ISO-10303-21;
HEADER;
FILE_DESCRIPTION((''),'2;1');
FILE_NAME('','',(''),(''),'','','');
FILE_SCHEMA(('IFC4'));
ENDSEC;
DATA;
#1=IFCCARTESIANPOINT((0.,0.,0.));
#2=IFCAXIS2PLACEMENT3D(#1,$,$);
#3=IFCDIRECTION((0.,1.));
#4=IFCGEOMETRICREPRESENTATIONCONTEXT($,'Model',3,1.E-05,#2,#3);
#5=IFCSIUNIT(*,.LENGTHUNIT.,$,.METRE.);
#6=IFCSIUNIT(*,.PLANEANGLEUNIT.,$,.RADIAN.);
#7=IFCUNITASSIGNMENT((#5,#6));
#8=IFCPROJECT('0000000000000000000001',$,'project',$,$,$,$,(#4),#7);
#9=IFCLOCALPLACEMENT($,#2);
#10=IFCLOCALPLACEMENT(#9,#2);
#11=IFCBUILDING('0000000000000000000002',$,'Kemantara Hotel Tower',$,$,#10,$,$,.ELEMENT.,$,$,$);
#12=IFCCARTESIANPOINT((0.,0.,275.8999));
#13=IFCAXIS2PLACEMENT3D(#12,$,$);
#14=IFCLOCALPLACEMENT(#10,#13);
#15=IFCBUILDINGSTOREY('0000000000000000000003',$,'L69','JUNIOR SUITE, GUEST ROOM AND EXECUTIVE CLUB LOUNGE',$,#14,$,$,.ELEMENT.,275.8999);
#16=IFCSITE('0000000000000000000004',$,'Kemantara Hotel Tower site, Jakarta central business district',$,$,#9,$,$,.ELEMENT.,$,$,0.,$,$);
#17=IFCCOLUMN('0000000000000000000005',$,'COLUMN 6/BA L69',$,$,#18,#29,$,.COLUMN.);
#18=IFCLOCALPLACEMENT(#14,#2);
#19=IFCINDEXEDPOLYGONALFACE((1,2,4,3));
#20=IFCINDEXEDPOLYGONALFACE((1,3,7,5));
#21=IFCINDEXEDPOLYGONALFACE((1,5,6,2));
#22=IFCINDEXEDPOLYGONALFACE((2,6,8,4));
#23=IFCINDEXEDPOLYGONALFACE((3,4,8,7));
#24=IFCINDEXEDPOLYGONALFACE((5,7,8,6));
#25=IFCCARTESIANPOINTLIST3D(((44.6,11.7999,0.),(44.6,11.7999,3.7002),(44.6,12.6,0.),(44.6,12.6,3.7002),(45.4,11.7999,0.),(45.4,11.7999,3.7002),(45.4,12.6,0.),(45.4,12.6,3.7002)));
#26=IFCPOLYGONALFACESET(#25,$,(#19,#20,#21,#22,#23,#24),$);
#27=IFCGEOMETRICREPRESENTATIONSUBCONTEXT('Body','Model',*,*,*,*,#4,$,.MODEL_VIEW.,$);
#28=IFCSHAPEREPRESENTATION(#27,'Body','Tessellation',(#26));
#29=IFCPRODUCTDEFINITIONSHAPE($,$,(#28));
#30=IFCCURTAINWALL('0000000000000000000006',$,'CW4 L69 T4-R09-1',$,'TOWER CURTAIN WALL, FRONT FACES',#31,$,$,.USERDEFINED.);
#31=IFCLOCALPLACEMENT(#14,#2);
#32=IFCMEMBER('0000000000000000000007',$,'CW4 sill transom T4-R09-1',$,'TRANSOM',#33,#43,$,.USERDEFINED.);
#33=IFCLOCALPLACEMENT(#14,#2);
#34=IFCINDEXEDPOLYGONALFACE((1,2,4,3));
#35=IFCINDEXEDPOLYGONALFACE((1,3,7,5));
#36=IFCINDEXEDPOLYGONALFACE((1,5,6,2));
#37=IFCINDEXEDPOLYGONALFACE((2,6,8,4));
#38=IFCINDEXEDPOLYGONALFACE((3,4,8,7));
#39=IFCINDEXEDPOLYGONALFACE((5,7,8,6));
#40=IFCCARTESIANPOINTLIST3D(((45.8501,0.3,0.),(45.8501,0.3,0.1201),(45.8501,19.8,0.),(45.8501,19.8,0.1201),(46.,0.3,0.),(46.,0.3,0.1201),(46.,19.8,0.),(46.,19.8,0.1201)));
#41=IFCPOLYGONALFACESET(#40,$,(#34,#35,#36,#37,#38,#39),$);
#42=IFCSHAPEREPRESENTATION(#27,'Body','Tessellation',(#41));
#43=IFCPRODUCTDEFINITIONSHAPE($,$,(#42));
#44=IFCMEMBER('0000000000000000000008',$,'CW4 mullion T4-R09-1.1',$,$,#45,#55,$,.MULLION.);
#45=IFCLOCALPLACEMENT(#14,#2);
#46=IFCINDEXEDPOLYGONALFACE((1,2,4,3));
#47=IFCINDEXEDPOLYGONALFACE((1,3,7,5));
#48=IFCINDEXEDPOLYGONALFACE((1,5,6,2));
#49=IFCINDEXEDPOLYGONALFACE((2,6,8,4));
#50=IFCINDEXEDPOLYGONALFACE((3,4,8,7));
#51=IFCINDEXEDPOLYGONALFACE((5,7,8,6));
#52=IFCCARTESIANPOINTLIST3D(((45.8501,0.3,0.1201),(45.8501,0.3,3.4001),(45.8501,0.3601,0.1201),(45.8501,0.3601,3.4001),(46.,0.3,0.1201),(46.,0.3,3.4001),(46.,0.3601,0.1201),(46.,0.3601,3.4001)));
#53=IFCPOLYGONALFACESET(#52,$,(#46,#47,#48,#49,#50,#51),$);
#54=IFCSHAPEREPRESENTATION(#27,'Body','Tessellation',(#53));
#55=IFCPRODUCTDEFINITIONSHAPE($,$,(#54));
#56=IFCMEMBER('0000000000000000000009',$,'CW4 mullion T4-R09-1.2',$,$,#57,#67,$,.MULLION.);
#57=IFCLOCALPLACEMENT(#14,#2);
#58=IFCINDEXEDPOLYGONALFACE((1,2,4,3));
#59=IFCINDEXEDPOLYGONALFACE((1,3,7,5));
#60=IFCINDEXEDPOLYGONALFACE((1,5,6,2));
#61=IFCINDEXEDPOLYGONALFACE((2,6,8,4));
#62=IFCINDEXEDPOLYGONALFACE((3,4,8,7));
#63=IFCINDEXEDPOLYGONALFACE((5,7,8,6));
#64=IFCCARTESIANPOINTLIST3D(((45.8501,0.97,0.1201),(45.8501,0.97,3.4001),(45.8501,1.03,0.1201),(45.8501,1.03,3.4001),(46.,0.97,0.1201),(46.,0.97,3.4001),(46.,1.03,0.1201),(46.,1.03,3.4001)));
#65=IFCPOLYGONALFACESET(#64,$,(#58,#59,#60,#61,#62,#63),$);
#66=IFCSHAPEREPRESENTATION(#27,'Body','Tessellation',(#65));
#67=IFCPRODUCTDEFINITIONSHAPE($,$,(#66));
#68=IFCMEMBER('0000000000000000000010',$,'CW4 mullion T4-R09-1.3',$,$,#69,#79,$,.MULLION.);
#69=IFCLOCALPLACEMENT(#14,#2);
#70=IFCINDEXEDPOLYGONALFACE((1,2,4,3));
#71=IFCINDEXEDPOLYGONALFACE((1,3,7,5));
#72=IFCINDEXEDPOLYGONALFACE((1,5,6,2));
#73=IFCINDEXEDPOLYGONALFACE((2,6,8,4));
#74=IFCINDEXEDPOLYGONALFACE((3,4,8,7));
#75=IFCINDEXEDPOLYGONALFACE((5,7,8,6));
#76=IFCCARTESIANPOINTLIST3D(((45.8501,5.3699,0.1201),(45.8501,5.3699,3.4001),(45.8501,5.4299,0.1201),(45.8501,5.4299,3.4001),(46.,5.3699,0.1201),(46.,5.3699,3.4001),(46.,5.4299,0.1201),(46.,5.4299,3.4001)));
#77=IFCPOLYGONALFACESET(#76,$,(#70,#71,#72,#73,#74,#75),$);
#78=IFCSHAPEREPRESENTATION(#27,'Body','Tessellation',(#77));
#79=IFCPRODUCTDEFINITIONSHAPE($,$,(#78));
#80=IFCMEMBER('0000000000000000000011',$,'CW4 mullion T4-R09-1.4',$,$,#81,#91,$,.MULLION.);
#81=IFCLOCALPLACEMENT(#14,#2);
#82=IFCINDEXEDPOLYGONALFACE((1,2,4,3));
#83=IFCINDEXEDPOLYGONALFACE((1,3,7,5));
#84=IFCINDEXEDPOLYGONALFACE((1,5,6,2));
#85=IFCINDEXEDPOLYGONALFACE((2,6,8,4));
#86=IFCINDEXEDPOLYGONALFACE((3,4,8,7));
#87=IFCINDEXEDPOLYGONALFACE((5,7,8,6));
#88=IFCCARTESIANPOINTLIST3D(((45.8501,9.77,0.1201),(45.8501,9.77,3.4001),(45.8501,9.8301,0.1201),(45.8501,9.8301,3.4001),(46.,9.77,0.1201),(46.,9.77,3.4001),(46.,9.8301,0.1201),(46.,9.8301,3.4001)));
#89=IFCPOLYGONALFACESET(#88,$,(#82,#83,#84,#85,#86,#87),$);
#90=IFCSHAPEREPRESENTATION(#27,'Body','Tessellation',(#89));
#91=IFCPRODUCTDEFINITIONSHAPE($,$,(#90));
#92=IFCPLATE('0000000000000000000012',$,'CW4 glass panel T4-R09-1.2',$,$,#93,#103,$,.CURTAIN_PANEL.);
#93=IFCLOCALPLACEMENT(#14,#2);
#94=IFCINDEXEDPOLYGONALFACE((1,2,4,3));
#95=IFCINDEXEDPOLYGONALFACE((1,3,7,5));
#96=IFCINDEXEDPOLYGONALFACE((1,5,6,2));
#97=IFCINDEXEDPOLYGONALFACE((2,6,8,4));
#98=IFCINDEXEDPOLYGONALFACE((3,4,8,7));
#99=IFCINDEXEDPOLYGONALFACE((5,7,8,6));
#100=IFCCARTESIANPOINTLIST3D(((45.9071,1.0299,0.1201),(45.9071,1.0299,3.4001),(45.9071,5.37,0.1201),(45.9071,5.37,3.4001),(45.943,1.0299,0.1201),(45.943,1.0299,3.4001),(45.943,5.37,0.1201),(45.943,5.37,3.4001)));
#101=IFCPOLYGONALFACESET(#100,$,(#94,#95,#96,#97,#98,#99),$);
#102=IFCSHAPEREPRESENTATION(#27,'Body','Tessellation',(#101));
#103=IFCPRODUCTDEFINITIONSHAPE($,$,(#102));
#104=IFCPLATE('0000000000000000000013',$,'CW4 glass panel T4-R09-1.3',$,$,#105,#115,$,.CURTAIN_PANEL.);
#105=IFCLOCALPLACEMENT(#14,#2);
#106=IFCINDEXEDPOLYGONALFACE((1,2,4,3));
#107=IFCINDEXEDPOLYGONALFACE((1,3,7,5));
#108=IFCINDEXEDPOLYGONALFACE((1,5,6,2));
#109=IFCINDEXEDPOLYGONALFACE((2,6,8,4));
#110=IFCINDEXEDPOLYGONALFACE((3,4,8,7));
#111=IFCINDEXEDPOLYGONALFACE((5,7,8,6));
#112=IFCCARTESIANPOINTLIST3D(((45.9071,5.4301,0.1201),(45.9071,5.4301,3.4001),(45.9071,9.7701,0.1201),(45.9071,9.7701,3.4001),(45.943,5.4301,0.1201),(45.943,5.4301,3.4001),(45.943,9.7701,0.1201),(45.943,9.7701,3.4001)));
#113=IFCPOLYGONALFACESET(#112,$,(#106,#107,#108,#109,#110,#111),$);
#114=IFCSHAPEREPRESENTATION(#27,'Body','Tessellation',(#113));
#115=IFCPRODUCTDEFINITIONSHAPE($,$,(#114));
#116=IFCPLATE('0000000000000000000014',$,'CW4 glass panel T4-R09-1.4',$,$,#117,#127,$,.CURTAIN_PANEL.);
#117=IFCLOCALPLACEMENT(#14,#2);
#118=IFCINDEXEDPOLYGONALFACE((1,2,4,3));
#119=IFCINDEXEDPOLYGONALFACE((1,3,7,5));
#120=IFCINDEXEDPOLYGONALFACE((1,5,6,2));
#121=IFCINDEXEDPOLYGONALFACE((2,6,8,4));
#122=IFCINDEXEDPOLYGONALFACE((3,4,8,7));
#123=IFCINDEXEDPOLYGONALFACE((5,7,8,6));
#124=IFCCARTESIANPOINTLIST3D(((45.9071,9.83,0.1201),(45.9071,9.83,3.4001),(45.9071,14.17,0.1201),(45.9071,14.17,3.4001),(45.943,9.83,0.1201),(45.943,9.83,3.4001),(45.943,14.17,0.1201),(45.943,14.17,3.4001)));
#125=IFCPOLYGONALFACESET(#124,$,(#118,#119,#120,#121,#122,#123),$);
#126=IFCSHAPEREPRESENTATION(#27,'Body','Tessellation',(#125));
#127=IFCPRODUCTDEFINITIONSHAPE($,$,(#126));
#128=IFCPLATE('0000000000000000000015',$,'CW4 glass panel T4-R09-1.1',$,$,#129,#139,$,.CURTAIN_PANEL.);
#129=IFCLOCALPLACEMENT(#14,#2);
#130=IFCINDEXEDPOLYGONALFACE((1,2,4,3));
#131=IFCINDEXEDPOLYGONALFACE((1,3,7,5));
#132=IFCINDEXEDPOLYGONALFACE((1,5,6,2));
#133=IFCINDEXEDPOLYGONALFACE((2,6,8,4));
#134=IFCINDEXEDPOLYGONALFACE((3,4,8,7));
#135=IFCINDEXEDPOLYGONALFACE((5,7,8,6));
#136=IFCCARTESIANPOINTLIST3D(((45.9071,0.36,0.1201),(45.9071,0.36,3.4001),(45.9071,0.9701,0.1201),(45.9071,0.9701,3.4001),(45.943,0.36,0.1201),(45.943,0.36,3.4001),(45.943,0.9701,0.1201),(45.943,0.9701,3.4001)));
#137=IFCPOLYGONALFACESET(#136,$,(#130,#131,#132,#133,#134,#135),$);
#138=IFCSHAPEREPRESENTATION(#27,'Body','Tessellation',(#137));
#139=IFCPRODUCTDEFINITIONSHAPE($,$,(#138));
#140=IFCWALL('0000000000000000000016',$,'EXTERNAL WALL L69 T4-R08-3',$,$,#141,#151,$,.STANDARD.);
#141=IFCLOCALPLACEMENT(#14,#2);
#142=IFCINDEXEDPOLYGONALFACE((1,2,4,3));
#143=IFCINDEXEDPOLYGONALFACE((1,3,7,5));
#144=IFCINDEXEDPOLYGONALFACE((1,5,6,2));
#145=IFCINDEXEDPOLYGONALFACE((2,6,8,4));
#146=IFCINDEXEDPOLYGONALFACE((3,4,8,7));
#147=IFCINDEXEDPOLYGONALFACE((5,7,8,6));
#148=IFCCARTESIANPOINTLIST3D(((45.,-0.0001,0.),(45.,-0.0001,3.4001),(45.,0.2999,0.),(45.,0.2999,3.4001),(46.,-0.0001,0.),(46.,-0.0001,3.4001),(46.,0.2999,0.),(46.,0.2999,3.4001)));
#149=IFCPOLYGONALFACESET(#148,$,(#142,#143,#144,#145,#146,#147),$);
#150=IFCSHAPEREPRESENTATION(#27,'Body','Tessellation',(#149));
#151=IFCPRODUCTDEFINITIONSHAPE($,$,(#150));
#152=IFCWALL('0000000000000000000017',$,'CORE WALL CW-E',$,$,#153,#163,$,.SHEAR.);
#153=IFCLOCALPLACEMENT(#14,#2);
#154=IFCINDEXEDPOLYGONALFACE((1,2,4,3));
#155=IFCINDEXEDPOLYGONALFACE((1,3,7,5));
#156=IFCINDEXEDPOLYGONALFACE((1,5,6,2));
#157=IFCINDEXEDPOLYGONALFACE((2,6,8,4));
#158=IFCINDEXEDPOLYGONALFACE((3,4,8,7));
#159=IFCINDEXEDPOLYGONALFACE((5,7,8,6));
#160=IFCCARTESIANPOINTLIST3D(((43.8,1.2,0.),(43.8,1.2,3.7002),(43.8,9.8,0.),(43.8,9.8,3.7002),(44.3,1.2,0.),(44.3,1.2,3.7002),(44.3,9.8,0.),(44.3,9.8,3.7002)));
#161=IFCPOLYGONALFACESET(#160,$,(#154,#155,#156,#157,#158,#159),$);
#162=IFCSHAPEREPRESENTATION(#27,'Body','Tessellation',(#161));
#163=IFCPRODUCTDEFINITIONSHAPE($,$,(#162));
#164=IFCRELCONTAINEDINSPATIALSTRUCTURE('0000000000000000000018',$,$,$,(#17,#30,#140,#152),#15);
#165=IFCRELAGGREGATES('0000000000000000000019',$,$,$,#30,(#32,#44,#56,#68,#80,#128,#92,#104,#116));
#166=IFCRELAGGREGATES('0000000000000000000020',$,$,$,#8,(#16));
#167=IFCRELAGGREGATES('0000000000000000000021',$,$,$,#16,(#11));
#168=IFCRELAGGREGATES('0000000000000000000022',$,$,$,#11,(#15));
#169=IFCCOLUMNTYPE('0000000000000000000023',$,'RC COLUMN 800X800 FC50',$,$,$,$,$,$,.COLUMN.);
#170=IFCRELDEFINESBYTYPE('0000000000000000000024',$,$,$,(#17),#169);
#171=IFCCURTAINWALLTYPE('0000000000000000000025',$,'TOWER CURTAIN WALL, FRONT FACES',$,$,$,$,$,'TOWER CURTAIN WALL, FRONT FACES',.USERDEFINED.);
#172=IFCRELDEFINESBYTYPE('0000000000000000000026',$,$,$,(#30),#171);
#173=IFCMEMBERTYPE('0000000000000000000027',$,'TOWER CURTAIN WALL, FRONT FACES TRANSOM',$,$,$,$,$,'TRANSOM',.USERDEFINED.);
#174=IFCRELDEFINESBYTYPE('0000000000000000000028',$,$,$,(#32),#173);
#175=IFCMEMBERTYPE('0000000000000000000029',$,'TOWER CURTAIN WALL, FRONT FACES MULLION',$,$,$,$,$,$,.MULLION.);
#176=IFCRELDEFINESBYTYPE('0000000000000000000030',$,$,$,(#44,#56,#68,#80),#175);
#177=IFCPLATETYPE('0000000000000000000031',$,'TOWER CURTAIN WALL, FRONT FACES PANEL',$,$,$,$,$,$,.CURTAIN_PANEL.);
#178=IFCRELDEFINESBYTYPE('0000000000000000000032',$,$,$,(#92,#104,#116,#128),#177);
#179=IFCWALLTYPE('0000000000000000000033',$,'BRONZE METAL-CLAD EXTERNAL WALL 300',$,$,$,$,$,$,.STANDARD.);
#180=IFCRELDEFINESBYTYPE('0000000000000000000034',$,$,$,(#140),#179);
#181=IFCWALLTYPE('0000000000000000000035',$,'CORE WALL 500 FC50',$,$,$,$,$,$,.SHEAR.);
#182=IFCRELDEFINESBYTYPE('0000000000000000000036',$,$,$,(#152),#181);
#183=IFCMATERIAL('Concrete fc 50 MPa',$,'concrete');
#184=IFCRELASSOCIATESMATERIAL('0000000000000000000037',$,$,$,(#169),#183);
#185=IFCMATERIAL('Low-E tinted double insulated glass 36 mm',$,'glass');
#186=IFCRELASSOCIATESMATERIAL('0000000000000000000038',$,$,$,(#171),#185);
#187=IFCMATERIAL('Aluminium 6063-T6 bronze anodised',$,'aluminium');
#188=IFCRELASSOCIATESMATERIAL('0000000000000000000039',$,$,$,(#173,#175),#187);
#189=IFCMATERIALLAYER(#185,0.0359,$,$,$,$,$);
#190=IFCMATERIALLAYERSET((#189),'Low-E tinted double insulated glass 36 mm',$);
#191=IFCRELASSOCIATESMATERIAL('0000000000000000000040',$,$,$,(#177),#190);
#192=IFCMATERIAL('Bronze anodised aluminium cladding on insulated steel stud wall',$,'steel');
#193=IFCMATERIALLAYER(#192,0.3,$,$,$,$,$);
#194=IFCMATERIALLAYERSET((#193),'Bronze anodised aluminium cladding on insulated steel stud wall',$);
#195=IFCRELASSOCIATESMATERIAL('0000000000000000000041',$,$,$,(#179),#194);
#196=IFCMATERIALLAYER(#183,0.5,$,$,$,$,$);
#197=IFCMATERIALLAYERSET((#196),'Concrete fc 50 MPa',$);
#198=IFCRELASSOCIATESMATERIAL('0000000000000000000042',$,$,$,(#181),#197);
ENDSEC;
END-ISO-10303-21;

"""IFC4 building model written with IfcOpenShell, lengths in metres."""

from ifc_helpers import new_model, si_unit, direction, frame, frame_2d, origin, origin_2d, place, context, subcontext, project, spatial, rectangle, extrude, source, transform, mapped, material, layer, layer_set, material_profile, profile_set, type_object, element, aggregate, save


model = new_model("IFC4")

# Units and contexts
model_context = context("Model", 3, precision=1e-05, world=origin(), true_north=direction((0.0, 1.0)))
body_context = subcontext(model_context, "Body", "Model", "MODEL_VIEW")
ifc_project = project(units=[si_unit("LENGTHUNIT", "METRE"), si_unit("PLANEANGLEUNIT", "RADIAN")], contexts=[model_context])

# Site, building, storey
site_placement = place(None, origin())
site = spatial("IfcSite", under=ifc_project, at=site_placement, Name="Kemantara Hotel Tower site, Jakarta central business district", CompositionType="ELEMENT", RefElevation=0.0)
building_placement = place(site_placement, origin())
building = spatial("IfcBuilding", under=site, at=building_placement, Name="Kemantara Hotel Tower", CompositionType="ELEMENT")
storey_placement = place(building_placement, frame((0.0, 0.0, 275.8999)))
storey = spatial("IfcBuildingStorey", under=building, at=storey_placement, Name="L69", Description="JUNIOR SUITE, GUEST ROOM AND EXECUTIVE CLUB LOUNGE", CompositionType="ELEMENT", Elevation=275.8999)

# Column
ifc_material_1 = material(Name="Concrete fc 50 MPa", Category="concrete")
ifc_material_profile_1 = material_profile(ifc_material_1, rectangle(XDim=0.8, YDim=0.8, at=origin_2d()), Name="RC 800X800")
ifc_profile_set_1 = profile_set([ifc_material_profile_1], Name="Concrete fc 50 MPa")
column_type = type_object("IfcColumnType", Name="RC COLUMN 800X800 FC50", PredefinedType="COLUMN", material=ifc_profile_set_1)
column_placement = place(storey_placement, frame((45.0, 12.2, 0.0), z_axis=(0.0, 0.0, 1.0), x_axis=(1.0, 0.0, 0.0)))
element("IfcColumn", 1, at=column_placement, inside=storey, type_object=column_type, Name="COLUMN 6/BA L69", PredefinedType="COLUMN", context=body_context, shape_type="SweptSolid", body=[
    extrude(rectangle(XDim=0.8, YDim=0.8, at=origin_2d()), origin(), (0.0, 0.0, 1.0), 3.7002),
])

# Curtain wall, members, plates
ifc_material_2 = material(Name="Low-E tinted double insulated glass 36 mm", Category="glass")
curtain_wall_type = type_object("IfcCurtainWallType", Name="TOWER CURTAIN WALL, FRONT FACES", ElementType="TOWER CURTAIN WALL, FRONT FACES", PredefinedType="USERDEFINED", material=ifc_material_2)
curtain_wall_placement = place(storey_placement, origin())
curtain_wall = element("IfcCurtainWall", 2, at=curtain_wall_placement, inside=storey, type_object=curtain_wall_type, Name="CW4 L69 T4-R09-1", ObjectType="TOWER CURTAIN WALL, FRONT FACES", PredefinedType="USERDEFINED")
ifc_material_3 = material(Name="Aluminium 6063-T6 bronze anodised", Category="aluminium")
ifc_material_profile_2 = material_profile(ifc_material_3, rectangle(XDim=0.1499, YDim=0.1201, at=origin_2d()), Name="TOWER CURTAIN WALL, FRONT FACES TRANSOM")
ifc_profile_set_2 = profile_set([ifc_material_profile_2], Name="Aluminium 6063-T6 bronze anodised")
member_type_1 = type_object("IfcMemberType", Name="TOWER CURTAIN WALL, FRONT FACES TRANSOM", ElementType="TRANSOM", PredefinedType="USERDEFINED", material=ifc_profile_set_2)
member_1_placement = place(storey_placement, frame((45.925, 0.3, 0.0601), z_axis=(0.0, 1.0, 0.0), x_axis=(-1.0, 0.0, 0.0)))
member_1 = element("IfcMember", 3, at=member_1_placement, type_object=member_type_1, Name="CW4 sill transom T4-R09-1", ObjectType="TRANSOM", PredefinedType="USERDEFINED", context=body_context, shape_type="SweptSolid", body=[
    extrude(rectangle(XDim=0.1499, YDim=0.1201, at=origin_2d()), origin(), (0.0, 0.0, 1.0), 19.5),
])
ifc_material_profile_3 = material_profile(ifc_material_3, rectangle(XDim=0.1499, YDim=0.0601, at=origin_2d()), Name="TOWER CURTAIN WALL, FRONT FACES MULLION")
ifc_profile_set_3 = profile_set([ifc_material_profile_3], Name="Aluminium 6063-T6 bronze anodised")
member_type_2 = type_object("IfcMemberType", Name="TOWER CURTAIN WALL, FRONT FACES MULLION", PredefinedType="MULLION", material=ifc_profile_set_3)
shared_shape_1 = source(origin(), body_context, "Body", "SweptSolid", [
    extrude(rectangle(XDim=0.1499, YDim=0.0601, at=origin_2d()), origin(), (0.0, 0.0, 1.0), 3.28),
])
member_2_placement = place(storey_placement, frame((45.925, 0.3301, 0.1201), z_axis=(0.0, 0.0, 1.0), x_axis=(-1.0, 0.0, 0.0)))
member_2 = element("IfcMember", 4, at=member_2_placement, type_object=member_type_2, Name="CW4 mullion T4-R09-1.1", PredefinedType="MULLION", context=body_context, shape_type="MappedRepresentation", body=[
    mapped(shared_shape_1, transform((0.0, 0.0, 0.0))),
])
member_3_placement = place(storey_placement, frame((45.925, 1.0, 0.1201), z_axis=(0.0, 0.0, 1.0), x_axis=(-1.0, 0.0, 0.0)))
member_3 = element("IfcMember", 5, at=member_3_placement, type_object=member_type_2, Name="CW4 mullion T4-R09-1.2", PredefinedType="MULLION", context=body_context, shape_type="MappedRepresentation", body=[
    mapped(shared_shape_1, transform((0.0, 0.0, 0.0))),
])
member_4_placement = place(storey_placement, frame((45.925, 5.3999, 0.1201), z_axis=(0.0, 0.0, 1.0), x_axis=(-1.0, 0.0, 0.0)))
member_4 = element("IfcMember", 6, at=member_4_placement, type_object=member_type_2, Name="CW4 mullion T4-R09-1.3", PredefinedType="MULLION", context=body_context, shape_type="MappedRepresentation", body=[
    mapped(shared_shape_1, transform((0.0, 0.0, 0.0))),
])
member_5_placement = place(storey_placement, frame((45.925, 9.8, 0.1201), z_axis=(0.0, 0.0, 1.0), x_axis=(-1.0, 0.0, 0.0)))
member_5 = element("IfcMember", 7, at=member_5_placement, type_object=member_type_2, Name="CW4 mullion T4-R09-1.4", PredefinedType="MULLION", context=body_context, shape_type="MappedRepresentation", body=[
    mapped(shared_shape_1, transform((0.0, 0.0, 0.0))),
])
ifc_layer_1 = layer(ifc_material_2, 0.0359)
ifc_layer_set_1 = layer_set([ifc_layer_1], Name="Low-E tinted double insulated glass 36 mm")
plate_type = type_object("IfcPlateType", Name="TOWER CURTAIN WALL, FRONT FACES PANEL", PredefinedType="CURTAIN_PANEL", material=ifc_layer_set_1)
shared_shape_2 = source(origin(), body_context, "Body", "SweptSolid", [
    extrude(rectangle(XDim=4.3401, YDim=0.0359, at=origin_2d()), origin(), (0.0, 0.0, 1.0), 3.28),
])
plate_1_placement = place(storey_placement, frame((45.925, 3.2, 0.1201), z_axis=(0.0, 0.0, 1.0), x_axis=(0.0, 1.0, 0.0)))
plate_1 = element("IfcPlate", 8, at=plate_1_placement, type_object=plate_type, Name="CW4 glass panel T4-R09-1.2", PredefinedType="CURTAIN_PANEL", context=body_context, shape_type="MappedRepresentation", body=[
    mapped(shared_shape_2, transform((0.0, 0.0, 0.0))),
])
plate_2_placement = place(storey_placement, frame((45.925, 7.6001, 0.1201), z_axis=(0.0, 0.0, 1.0), x_axis=(0.0, 1.0, 0.0)))
plate_2 = element("IfcPlate", 9, at=plate_2_placement, type_object=plate_type, Name="CW4 glass panel T4-R09-1.3", PredefinedType="CURTAIN_PANEL", context=body_context, shape_type="MappedRepresentation", body=[
    mapped(shared_shape_2, transform((0.0, 0.0, 0.0))),
])
plate_3_placement = place(storey_placement, frame((45.925, 12.0, 0.1201), z_axis=(0.0, 0.0, 1.0), x_axis=(0.0, 1.0, 0.0)))
plate_3 = element("IfcPlate", 10, at=plate_3_placement, type_object=plate_type, Name="CW4 glass panel T4-R09-1.4", PredefinedType="CURTAIN_PANEL", context=body_context, shape_type="MappedRepresentation", body=[
    mapped(shared_shape_2, transform((0.0, 0.0, 0.0))),
])
shared_shape_3 = source(origin(), body_context, "Body", "SweptSolid", [
    extrude(rectangle(XDim=0.6101, YDim=0.0359, at=origin_2d()), origin(), (0.0, 0.0, 1.0), 3.28),
])
plate_4_placement = place(storey_placement, frame((45.925, 0.665, 0.1201), z_axis=(0.0, 0.0, 1.0), x_axis=(0.0, 1.0, 0.0)))
plate_4 = element("IfcPlate", 11, at=plate_4_placement, type_object=plate_type, Name="CW4 glass panel T4-R09-1.1", PredefinedType="CURTAIN_PANEL", context=body_context, shape_type="MappedRepresentation", body=[
    mapped(shared_shape_3, transform((0.0, 0.0, 0.0))),
])
aggregate(curtain_wall, [member_1, member_2, member_3, member_4, member_5, plate_4, plate_1, plate_2, plate_3])

# Walls
ifc_material_4 = material(Name="Bronze anodised aluminium cladding on insulated steel stud wall", Category="steel")
ifc_layer_2 = layer(ifc_material_4, 0.3)
ifc_layer_set_2 = layer_set([ifc_layer_2], Name="Bronze anodised aluminium cladding on insulated steel stud wall")
wall_type_1 = type_object("IfcWallType", Name="BRONZE METAL-CLAD EXTERNAL WALL 300", PredefinedType="STANDARD", material=ifc_layer_set_2)
wall_1_placement = place(storey_placement, frame((45.0, 0.1499, 0.0), z_axis=(0.0, 0.0, 1.0), x_axis=(1.0, 0.0, 0.0)))
element("IfcWall", 12, at=wall_1_placement, inside=storey, type_object=wall_type_1, Name="EXTERNAL WALL L69 T4-R08-3", PredefinedType="STANDARD", context=body_context, shape_type="SweptSolid", body=[
    extrude(rectangle(XDim=1.0, YDim=0.3, at=frame_2d((0.5, 0.0))), origin(), (0.0, 0.0, 1.0), 3.4001),
])
ifc_layer_3 = layer(ifc_material_1, 0.5)
ifc_layer_set_3 = layer_set([ifc_layer_3], Name="Concrete fc 50 MPa")
wall_type_2 = type_object("IfcWallType", Name="CORE WALL 500 FC50", PredefinedType="SHEAR", material=ifc_layer_set_3)
wall_2_placement = place(storey_placement, frame((44.05, 1.2, 0.0), z_axis=(0.0, 0.0, 1.0), x_axis=(0.0, 1.0, 0.0)))
element("IfcWall", 13, at=wall_2_placement, inside=storey, type_object=wall_type_2, Name="CORE WALL CW-E", PredefinedType="SHEAR", context=body_context, shape_type="SweptSolid", body=[
    extrude(rectangle(XDim=8.6001, YDim=0.5, at=frame_2d((4.3, 0.0))), origin(), (0.0, 0.0, 1.0), 3.7002),
])

save(model, "model.ifc")
